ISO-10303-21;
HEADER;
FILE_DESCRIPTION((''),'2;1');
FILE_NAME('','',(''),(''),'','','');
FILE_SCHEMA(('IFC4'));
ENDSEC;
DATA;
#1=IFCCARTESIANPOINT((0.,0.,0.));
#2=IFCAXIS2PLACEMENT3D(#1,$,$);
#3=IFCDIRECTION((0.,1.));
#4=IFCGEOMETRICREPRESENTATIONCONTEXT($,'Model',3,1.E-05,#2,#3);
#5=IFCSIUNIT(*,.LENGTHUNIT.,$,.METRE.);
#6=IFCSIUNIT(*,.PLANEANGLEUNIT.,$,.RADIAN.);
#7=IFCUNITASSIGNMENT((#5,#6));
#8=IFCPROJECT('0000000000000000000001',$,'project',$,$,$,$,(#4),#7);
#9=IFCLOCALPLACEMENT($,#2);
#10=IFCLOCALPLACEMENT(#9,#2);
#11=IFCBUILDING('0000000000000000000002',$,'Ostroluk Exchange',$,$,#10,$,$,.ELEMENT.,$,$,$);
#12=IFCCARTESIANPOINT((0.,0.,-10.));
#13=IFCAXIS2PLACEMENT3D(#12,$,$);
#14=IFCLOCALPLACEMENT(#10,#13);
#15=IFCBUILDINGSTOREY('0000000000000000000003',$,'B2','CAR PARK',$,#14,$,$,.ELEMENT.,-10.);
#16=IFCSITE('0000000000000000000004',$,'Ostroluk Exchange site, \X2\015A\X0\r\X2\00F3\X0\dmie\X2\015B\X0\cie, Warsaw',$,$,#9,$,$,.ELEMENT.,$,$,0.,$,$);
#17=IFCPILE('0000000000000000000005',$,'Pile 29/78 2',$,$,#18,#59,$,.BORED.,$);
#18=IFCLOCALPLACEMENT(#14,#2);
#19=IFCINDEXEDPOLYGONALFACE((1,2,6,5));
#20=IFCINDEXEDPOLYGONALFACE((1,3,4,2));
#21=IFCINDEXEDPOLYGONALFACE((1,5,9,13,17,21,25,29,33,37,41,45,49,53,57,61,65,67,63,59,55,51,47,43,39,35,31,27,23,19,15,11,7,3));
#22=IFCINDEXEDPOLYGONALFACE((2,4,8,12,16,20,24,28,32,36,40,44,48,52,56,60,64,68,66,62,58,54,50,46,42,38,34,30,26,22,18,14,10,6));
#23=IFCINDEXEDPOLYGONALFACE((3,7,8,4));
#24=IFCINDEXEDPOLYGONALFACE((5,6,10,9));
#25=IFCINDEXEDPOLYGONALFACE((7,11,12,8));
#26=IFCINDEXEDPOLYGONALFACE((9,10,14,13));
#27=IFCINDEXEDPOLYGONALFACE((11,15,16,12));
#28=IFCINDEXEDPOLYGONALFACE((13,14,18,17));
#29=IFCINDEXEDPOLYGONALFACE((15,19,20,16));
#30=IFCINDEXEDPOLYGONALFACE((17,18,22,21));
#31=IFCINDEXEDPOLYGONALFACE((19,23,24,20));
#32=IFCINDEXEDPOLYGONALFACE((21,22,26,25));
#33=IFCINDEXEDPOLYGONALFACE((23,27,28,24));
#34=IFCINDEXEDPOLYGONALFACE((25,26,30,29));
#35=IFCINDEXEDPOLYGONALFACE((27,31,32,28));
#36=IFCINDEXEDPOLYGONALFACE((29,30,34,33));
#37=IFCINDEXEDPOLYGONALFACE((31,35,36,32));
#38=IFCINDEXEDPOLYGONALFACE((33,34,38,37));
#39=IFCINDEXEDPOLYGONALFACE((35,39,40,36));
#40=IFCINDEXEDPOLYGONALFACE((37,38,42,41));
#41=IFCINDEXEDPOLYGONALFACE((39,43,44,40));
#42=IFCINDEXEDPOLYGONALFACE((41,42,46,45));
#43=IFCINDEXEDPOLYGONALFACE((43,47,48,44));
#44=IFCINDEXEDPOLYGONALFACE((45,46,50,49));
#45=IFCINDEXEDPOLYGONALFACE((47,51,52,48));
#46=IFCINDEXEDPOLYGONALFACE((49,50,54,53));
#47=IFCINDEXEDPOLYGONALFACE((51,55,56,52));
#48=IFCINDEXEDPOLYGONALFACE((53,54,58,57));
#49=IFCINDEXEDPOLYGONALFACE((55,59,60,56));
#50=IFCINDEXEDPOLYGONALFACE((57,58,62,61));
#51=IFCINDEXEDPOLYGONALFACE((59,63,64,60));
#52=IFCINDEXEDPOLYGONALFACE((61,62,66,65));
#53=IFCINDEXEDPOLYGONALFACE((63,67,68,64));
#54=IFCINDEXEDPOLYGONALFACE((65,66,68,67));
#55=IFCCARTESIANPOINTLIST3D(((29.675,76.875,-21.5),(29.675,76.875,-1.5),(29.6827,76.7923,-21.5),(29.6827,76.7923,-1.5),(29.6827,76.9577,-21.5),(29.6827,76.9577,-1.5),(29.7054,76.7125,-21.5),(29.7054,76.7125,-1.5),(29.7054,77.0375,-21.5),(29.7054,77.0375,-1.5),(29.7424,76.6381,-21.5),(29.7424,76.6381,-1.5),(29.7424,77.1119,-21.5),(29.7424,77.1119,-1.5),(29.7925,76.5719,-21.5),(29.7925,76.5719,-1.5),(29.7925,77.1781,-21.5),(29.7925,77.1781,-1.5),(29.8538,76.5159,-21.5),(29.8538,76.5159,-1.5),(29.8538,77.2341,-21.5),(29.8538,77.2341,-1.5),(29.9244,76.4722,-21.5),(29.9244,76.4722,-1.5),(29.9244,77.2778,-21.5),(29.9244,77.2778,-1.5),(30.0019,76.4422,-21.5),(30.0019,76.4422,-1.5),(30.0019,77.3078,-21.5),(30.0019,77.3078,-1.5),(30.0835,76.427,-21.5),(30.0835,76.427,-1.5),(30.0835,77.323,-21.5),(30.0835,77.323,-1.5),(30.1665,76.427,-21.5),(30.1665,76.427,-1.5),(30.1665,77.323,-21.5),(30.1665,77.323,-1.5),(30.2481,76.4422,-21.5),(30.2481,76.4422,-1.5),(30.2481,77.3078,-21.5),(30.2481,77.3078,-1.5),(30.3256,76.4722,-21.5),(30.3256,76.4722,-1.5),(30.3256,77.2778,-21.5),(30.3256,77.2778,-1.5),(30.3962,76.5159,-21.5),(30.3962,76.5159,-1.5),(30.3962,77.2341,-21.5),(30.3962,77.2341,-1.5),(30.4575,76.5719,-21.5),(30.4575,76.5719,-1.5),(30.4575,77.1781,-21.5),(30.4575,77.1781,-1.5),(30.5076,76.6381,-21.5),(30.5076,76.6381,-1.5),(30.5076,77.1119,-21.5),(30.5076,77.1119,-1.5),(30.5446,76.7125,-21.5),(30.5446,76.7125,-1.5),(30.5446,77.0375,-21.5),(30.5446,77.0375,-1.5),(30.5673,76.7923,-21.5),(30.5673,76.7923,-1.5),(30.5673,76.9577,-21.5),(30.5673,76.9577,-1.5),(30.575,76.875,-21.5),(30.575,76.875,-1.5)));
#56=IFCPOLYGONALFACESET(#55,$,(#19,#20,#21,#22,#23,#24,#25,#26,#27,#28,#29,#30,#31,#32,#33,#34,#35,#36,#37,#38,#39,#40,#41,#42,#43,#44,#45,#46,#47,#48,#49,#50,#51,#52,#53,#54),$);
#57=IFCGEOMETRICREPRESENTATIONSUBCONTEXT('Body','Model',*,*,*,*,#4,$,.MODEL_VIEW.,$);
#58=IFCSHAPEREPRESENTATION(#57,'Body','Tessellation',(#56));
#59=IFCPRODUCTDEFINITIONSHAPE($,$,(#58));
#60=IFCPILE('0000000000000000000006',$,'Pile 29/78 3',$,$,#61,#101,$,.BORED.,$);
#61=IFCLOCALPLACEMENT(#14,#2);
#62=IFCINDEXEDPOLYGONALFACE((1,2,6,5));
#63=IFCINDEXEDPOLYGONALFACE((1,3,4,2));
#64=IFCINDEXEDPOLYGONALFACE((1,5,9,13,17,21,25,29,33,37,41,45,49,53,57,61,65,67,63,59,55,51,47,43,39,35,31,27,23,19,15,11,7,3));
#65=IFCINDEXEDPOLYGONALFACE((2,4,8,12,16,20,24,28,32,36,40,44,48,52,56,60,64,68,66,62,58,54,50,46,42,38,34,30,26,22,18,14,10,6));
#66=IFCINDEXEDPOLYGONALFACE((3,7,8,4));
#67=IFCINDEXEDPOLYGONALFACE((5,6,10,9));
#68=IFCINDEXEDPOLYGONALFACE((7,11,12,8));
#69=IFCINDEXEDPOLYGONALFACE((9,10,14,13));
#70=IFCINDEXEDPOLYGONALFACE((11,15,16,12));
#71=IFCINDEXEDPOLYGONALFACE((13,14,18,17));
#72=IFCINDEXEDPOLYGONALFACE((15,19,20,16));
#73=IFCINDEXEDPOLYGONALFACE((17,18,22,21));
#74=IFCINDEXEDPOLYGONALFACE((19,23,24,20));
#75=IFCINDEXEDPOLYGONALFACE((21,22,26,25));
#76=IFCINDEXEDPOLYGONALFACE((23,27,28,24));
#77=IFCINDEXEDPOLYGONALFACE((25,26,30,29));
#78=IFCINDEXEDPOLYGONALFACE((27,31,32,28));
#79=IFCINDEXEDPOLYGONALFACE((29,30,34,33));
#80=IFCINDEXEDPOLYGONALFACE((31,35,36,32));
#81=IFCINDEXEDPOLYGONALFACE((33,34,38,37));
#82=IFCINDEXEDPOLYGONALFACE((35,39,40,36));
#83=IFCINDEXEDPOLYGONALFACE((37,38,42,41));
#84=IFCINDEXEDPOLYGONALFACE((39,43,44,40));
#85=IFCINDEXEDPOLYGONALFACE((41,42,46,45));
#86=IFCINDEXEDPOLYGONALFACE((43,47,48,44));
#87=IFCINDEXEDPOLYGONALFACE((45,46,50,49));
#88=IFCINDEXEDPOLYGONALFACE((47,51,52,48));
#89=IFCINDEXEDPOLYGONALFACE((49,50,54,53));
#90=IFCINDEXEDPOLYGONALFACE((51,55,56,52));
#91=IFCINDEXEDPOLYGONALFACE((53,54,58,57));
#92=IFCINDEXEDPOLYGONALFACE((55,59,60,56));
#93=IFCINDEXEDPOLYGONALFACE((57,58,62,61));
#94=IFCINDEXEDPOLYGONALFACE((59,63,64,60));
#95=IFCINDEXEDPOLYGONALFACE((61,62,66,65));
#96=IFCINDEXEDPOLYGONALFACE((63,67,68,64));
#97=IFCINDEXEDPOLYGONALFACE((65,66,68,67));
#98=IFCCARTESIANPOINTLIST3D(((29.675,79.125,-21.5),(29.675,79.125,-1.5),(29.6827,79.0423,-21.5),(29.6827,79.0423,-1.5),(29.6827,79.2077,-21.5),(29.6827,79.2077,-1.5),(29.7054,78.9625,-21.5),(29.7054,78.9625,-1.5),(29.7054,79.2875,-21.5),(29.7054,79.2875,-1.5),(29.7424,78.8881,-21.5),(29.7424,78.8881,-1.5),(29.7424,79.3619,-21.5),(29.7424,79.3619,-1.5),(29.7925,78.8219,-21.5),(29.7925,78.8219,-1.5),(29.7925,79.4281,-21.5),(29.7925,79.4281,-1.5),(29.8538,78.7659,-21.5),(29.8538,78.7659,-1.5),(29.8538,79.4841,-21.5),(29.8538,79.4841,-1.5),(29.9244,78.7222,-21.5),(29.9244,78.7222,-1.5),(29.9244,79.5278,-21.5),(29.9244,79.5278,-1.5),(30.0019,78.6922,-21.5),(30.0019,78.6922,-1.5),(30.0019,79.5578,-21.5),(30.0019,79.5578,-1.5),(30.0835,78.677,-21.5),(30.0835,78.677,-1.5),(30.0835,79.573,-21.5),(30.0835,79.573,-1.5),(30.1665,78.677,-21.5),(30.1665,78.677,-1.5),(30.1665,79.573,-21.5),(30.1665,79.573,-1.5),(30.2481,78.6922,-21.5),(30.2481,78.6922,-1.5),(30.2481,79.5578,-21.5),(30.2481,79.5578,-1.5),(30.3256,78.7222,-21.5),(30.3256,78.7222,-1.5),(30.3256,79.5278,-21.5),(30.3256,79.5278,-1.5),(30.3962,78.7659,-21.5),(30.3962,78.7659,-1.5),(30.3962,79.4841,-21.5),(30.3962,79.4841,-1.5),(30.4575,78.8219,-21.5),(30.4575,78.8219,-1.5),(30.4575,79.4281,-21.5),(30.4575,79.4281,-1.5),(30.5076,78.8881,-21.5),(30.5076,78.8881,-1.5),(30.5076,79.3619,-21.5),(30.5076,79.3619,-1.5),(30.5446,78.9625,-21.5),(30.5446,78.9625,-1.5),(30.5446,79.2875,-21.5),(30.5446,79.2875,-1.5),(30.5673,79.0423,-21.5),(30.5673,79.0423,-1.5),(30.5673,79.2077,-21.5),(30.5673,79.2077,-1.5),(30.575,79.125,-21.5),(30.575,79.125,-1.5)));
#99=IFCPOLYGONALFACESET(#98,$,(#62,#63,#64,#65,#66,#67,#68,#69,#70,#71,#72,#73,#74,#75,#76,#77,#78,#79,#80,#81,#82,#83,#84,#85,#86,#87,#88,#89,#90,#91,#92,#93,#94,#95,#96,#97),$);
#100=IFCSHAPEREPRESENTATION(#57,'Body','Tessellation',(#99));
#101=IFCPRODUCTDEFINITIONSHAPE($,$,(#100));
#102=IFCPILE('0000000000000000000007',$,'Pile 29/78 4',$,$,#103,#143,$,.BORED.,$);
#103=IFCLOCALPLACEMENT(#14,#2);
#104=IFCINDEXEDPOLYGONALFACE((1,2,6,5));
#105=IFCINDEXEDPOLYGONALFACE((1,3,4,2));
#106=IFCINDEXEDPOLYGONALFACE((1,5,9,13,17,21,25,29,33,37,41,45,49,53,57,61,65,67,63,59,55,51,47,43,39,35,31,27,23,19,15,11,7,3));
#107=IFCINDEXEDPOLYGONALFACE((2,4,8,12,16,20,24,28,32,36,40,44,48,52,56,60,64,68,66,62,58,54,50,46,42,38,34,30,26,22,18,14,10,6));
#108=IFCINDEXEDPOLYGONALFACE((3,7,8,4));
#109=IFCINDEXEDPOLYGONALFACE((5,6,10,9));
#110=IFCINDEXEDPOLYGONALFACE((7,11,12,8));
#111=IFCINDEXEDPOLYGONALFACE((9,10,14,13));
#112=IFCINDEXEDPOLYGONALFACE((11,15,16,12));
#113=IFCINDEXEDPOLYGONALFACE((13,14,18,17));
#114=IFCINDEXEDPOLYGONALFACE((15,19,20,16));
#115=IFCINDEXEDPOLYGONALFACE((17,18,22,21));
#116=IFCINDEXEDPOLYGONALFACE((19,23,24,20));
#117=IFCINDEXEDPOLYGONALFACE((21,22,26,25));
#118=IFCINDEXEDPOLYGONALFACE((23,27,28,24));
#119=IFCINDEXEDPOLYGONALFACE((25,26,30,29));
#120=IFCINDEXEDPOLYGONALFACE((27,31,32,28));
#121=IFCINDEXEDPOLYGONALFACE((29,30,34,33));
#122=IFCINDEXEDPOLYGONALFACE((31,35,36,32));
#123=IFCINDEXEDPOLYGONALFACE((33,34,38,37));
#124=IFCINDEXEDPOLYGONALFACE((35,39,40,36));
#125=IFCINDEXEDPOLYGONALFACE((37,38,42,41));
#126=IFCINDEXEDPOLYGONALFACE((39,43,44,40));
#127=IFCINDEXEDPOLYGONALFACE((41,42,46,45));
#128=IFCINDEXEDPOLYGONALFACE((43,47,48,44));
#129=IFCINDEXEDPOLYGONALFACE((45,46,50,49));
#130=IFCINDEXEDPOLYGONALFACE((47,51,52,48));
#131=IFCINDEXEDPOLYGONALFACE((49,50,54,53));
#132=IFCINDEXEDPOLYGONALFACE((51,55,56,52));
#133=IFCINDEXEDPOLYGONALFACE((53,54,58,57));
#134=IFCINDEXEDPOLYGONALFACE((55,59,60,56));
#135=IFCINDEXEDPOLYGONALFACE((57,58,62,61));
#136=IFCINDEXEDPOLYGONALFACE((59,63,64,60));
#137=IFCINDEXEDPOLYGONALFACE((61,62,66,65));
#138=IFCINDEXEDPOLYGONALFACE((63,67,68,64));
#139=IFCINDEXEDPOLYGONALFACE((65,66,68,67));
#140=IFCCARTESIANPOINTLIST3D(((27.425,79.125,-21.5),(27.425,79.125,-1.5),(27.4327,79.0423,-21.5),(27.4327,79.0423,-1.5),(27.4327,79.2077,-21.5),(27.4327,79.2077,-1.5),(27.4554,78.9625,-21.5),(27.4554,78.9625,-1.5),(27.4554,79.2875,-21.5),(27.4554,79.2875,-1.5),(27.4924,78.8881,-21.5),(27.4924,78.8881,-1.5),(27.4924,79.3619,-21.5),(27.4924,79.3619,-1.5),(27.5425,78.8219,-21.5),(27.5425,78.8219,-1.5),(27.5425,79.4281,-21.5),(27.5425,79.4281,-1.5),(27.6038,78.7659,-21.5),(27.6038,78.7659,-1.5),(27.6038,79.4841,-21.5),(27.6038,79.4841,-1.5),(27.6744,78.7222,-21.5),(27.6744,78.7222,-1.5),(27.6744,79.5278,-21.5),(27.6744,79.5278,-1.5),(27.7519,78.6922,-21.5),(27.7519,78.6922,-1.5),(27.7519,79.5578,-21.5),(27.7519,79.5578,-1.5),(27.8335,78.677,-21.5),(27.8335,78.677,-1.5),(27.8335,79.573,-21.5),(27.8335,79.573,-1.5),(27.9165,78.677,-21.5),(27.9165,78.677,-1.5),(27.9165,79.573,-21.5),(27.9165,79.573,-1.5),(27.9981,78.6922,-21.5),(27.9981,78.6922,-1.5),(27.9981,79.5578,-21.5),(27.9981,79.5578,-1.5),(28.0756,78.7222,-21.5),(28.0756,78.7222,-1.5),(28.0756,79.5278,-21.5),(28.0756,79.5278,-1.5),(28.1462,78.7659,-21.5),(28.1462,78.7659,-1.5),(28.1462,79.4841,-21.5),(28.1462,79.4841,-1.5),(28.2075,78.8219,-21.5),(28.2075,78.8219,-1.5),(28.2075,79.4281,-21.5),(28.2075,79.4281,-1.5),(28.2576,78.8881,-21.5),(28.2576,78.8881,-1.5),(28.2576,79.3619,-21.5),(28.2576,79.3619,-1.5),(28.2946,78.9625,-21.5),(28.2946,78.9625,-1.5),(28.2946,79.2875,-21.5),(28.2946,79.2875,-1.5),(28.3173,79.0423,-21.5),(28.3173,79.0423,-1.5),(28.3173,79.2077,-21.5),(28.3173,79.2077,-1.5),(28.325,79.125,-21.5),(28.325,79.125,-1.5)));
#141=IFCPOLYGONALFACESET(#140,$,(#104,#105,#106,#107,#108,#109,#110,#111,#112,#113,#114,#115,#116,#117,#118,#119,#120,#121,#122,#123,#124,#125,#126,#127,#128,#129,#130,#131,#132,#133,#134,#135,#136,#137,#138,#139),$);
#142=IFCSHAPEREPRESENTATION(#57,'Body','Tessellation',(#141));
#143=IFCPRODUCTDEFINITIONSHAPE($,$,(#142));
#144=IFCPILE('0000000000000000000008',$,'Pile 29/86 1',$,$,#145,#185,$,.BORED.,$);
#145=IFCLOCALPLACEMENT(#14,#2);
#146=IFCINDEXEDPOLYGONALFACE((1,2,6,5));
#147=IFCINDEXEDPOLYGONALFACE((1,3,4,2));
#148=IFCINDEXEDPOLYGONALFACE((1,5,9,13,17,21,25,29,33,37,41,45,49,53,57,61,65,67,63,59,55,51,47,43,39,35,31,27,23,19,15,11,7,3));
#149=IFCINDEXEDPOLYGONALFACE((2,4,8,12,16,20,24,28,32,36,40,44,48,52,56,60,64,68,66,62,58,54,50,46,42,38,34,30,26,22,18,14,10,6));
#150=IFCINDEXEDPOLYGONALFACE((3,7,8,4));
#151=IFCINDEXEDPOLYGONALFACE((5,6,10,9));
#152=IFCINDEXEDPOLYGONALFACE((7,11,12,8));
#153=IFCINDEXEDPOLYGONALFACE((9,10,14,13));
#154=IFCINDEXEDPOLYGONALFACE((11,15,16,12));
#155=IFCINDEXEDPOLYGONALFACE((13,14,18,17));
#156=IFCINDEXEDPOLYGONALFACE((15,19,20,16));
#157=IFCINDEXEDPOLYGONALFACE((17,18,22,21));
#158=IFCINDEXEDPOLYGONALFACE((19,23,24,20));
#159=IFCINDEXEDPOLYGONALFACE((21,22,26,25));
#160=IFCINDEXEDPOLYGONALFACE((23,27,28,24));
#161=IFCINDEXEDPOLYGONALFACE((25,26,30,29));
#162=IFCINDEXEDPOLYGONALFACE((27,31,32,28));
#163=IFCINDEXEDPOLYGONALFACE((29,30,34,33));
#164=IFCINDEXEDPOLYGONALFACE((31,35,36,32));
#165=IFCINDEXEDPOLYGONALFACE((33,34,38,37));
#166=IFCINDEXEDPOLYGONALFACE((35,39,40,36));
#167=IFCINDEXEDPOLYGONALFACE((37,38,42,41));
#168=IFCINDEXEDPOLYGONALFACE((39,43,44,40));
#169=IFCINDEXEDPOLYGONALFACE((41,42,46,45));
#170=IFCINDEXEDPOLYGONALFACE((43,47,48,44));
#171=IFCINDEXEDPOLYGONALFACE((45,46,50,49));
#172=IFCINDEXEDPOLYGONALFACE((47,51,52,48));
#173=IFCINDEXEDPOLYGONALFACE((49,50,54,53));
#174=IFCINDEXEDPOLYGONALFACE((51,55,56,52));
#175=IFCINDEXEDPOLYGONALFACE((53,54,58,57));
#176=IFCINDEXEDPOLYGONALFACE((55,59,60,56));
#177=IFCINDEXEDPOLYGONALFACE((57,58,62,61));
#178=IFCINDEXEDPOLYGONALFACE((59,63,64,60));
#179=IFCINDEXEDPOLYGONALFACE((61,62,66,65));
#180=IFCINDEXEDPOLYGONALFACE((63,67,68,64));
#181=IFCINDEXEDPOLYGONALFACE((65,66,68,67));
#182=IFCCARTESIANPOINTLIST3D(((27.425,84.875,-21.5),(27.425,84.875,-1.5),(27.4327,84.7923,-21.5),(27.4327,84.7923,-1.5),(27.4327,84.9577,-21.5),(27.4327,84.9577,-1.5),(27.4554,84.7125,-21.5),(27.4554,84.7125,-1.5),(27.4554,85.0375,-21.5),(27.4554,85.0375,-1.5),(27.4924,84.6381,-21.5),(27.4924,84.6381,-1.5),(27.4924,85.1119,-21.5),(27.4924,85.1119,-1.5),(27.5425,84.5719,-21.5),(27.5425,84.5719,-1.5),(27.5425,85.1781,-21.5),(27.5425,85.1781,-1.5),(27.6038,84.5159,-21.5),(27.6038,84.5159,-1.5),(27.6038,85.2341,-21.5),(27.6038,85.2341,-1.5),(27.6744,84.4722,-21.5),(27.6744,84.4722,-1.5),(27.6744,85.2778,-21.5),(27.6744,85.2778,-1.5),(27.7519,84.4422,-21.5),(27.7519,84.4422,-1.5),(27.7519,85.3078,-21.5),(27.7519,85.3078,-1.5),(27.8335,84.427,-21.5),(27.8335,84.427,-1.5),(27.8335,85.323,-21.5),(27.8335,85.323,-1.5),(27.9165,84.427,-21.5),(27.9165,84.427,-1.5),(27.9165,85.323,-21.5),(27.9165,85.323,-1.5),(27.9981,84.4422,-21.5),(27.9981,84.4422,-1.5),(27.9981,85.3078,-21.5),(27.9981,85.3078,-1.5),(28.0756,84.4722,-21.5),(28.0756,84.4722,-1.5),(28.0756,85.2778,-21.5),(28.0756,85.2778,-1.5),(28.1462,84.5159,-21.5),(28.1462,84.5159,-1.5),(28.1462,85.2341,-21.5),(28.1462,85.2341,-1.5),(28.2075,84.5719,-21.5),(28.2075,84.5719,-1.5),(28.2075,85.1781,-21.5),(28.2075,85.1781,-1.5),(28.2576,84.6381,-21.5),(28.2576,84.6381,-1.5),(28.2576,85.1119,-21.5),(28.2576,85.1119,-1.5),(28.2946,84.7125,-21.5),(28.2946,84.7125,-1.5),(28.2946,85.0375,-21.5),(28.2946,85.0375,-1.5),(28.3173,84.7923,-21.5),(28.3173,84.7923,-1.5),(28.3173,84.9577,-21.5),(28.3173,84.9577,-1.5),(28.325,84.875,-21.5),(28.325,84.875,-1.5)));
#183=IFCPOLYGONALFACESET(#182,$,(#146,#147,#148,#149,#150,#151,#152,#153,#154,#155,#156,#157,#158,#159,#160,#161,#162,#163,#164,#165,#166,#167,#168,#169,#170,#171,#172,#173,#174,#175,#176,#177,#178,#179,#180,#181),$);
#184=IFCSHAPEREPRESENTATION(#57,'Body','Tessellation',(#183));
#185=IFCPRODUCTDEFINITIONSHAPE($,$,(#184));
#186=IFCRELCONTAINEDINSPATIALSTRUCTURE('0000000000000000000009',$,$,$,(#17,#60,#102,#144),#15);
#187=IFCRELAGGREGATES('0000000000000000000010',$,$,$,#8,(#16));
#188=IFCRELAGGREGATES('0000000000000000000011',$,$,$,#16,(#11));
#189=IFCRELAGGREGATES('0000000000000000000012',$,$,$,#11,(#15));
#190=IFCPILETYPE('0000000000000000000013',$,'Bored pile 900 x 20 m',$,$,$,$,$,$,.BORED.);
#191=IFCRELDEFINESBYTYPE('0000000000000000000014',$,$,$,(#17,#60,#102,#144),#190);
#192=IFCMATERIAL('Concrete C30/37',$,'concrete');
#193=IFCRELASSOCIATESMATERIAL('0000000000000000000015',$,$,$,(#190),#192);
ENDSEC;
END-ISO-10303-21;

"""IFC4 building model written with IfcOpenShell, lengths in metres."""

from ifc_helpers import new_model, si_unit, direction, frame, origin, origin_2d, place, context, subcontext, project, spatial, circle, extrude, material, type_object, element, save


model = new_model("IFC4")

# Units and contexts
model_context = context("Model", 3, precision=1e-05, world=origin(), true_north=direction((0.0, 1.0)))
body_context = subcontext(model_context, "Body", "Model", "MODEL_VIEW")
ifc_project = project(units=[si_unit("LENGTHUNIT", "METRE"), si_unit("PLANEANGLEUNIT", "RADIAN")], contexts=[model_context])

# Site, building, storey
site_placement = place(None, origin())
site = spatial("IfcSite", under=ifc_project, at=site_placement, Name="Ostroluk Exchange site, Śródmieście, Warsaw", CompositionType="ELEMENT", RefElevation=0.0)
building_placement = place(site_placement, origin())
building = spatial("IfcBuilding", under=site, at=building_placement, Name="Ostroluk Exchange", CompositionType="ELEMENT")
storey_placement = place(building_placement, frame((0.0, 0.0, -10.0)))
storey = spatial("IfcBuildingStorey", under=building, at=storey_placement, Name="B2", Description="CAR PARK", CompositionType="ELEMENT", Elevation=-10.0)

# Piles
ifc_material_1 = material(Name="Concrete C30/37", Category="concrete")
pile_type_1 = type_object("IfcPileType", Name="Bored pile 900 x 20 m", PredefinedType="BORED", material=ifc_material_1)
for number, where, z_axis, x_axis, name in (
    (1, (30.125, 76.875, -1.5), (0.0, 0.0, -1.0), (1.0, 0.0, 0.0), "Pile 29/78 2"),
    (2, (30.125, 79.125, -1.5), (0.0, 0.0, -1.0), (1.0, 0.0, 0.0), "Pile 29/78 3"),
    (3, (27.875, 79.125, -1.5), (0.0, 0.0, -1.0), (1.0, 0.0, 0.0), "Pile 29/78 4"),
    (4, (27.875, 84.875, -1.5), (0.0, 0.0, -1.0), (1.0, 0.0, 0.0), "Pile 29/86 1"),
):
    element("IfcPile", number, at=place(storey_placement, frame(where, z_axis=z_axis, x_axis=x_axis)), inside=storey, type_object=pile_type_1, Name=name, PredefinedType="BORED", context=body_context, shape_type="SweptSolid", body=[
        extrude(circle(Radius=0.45, at=origin_2d()), origin(), (0.0, 0.0, 1.0), 20.0),
    ])

save(model, "model.ifc")
